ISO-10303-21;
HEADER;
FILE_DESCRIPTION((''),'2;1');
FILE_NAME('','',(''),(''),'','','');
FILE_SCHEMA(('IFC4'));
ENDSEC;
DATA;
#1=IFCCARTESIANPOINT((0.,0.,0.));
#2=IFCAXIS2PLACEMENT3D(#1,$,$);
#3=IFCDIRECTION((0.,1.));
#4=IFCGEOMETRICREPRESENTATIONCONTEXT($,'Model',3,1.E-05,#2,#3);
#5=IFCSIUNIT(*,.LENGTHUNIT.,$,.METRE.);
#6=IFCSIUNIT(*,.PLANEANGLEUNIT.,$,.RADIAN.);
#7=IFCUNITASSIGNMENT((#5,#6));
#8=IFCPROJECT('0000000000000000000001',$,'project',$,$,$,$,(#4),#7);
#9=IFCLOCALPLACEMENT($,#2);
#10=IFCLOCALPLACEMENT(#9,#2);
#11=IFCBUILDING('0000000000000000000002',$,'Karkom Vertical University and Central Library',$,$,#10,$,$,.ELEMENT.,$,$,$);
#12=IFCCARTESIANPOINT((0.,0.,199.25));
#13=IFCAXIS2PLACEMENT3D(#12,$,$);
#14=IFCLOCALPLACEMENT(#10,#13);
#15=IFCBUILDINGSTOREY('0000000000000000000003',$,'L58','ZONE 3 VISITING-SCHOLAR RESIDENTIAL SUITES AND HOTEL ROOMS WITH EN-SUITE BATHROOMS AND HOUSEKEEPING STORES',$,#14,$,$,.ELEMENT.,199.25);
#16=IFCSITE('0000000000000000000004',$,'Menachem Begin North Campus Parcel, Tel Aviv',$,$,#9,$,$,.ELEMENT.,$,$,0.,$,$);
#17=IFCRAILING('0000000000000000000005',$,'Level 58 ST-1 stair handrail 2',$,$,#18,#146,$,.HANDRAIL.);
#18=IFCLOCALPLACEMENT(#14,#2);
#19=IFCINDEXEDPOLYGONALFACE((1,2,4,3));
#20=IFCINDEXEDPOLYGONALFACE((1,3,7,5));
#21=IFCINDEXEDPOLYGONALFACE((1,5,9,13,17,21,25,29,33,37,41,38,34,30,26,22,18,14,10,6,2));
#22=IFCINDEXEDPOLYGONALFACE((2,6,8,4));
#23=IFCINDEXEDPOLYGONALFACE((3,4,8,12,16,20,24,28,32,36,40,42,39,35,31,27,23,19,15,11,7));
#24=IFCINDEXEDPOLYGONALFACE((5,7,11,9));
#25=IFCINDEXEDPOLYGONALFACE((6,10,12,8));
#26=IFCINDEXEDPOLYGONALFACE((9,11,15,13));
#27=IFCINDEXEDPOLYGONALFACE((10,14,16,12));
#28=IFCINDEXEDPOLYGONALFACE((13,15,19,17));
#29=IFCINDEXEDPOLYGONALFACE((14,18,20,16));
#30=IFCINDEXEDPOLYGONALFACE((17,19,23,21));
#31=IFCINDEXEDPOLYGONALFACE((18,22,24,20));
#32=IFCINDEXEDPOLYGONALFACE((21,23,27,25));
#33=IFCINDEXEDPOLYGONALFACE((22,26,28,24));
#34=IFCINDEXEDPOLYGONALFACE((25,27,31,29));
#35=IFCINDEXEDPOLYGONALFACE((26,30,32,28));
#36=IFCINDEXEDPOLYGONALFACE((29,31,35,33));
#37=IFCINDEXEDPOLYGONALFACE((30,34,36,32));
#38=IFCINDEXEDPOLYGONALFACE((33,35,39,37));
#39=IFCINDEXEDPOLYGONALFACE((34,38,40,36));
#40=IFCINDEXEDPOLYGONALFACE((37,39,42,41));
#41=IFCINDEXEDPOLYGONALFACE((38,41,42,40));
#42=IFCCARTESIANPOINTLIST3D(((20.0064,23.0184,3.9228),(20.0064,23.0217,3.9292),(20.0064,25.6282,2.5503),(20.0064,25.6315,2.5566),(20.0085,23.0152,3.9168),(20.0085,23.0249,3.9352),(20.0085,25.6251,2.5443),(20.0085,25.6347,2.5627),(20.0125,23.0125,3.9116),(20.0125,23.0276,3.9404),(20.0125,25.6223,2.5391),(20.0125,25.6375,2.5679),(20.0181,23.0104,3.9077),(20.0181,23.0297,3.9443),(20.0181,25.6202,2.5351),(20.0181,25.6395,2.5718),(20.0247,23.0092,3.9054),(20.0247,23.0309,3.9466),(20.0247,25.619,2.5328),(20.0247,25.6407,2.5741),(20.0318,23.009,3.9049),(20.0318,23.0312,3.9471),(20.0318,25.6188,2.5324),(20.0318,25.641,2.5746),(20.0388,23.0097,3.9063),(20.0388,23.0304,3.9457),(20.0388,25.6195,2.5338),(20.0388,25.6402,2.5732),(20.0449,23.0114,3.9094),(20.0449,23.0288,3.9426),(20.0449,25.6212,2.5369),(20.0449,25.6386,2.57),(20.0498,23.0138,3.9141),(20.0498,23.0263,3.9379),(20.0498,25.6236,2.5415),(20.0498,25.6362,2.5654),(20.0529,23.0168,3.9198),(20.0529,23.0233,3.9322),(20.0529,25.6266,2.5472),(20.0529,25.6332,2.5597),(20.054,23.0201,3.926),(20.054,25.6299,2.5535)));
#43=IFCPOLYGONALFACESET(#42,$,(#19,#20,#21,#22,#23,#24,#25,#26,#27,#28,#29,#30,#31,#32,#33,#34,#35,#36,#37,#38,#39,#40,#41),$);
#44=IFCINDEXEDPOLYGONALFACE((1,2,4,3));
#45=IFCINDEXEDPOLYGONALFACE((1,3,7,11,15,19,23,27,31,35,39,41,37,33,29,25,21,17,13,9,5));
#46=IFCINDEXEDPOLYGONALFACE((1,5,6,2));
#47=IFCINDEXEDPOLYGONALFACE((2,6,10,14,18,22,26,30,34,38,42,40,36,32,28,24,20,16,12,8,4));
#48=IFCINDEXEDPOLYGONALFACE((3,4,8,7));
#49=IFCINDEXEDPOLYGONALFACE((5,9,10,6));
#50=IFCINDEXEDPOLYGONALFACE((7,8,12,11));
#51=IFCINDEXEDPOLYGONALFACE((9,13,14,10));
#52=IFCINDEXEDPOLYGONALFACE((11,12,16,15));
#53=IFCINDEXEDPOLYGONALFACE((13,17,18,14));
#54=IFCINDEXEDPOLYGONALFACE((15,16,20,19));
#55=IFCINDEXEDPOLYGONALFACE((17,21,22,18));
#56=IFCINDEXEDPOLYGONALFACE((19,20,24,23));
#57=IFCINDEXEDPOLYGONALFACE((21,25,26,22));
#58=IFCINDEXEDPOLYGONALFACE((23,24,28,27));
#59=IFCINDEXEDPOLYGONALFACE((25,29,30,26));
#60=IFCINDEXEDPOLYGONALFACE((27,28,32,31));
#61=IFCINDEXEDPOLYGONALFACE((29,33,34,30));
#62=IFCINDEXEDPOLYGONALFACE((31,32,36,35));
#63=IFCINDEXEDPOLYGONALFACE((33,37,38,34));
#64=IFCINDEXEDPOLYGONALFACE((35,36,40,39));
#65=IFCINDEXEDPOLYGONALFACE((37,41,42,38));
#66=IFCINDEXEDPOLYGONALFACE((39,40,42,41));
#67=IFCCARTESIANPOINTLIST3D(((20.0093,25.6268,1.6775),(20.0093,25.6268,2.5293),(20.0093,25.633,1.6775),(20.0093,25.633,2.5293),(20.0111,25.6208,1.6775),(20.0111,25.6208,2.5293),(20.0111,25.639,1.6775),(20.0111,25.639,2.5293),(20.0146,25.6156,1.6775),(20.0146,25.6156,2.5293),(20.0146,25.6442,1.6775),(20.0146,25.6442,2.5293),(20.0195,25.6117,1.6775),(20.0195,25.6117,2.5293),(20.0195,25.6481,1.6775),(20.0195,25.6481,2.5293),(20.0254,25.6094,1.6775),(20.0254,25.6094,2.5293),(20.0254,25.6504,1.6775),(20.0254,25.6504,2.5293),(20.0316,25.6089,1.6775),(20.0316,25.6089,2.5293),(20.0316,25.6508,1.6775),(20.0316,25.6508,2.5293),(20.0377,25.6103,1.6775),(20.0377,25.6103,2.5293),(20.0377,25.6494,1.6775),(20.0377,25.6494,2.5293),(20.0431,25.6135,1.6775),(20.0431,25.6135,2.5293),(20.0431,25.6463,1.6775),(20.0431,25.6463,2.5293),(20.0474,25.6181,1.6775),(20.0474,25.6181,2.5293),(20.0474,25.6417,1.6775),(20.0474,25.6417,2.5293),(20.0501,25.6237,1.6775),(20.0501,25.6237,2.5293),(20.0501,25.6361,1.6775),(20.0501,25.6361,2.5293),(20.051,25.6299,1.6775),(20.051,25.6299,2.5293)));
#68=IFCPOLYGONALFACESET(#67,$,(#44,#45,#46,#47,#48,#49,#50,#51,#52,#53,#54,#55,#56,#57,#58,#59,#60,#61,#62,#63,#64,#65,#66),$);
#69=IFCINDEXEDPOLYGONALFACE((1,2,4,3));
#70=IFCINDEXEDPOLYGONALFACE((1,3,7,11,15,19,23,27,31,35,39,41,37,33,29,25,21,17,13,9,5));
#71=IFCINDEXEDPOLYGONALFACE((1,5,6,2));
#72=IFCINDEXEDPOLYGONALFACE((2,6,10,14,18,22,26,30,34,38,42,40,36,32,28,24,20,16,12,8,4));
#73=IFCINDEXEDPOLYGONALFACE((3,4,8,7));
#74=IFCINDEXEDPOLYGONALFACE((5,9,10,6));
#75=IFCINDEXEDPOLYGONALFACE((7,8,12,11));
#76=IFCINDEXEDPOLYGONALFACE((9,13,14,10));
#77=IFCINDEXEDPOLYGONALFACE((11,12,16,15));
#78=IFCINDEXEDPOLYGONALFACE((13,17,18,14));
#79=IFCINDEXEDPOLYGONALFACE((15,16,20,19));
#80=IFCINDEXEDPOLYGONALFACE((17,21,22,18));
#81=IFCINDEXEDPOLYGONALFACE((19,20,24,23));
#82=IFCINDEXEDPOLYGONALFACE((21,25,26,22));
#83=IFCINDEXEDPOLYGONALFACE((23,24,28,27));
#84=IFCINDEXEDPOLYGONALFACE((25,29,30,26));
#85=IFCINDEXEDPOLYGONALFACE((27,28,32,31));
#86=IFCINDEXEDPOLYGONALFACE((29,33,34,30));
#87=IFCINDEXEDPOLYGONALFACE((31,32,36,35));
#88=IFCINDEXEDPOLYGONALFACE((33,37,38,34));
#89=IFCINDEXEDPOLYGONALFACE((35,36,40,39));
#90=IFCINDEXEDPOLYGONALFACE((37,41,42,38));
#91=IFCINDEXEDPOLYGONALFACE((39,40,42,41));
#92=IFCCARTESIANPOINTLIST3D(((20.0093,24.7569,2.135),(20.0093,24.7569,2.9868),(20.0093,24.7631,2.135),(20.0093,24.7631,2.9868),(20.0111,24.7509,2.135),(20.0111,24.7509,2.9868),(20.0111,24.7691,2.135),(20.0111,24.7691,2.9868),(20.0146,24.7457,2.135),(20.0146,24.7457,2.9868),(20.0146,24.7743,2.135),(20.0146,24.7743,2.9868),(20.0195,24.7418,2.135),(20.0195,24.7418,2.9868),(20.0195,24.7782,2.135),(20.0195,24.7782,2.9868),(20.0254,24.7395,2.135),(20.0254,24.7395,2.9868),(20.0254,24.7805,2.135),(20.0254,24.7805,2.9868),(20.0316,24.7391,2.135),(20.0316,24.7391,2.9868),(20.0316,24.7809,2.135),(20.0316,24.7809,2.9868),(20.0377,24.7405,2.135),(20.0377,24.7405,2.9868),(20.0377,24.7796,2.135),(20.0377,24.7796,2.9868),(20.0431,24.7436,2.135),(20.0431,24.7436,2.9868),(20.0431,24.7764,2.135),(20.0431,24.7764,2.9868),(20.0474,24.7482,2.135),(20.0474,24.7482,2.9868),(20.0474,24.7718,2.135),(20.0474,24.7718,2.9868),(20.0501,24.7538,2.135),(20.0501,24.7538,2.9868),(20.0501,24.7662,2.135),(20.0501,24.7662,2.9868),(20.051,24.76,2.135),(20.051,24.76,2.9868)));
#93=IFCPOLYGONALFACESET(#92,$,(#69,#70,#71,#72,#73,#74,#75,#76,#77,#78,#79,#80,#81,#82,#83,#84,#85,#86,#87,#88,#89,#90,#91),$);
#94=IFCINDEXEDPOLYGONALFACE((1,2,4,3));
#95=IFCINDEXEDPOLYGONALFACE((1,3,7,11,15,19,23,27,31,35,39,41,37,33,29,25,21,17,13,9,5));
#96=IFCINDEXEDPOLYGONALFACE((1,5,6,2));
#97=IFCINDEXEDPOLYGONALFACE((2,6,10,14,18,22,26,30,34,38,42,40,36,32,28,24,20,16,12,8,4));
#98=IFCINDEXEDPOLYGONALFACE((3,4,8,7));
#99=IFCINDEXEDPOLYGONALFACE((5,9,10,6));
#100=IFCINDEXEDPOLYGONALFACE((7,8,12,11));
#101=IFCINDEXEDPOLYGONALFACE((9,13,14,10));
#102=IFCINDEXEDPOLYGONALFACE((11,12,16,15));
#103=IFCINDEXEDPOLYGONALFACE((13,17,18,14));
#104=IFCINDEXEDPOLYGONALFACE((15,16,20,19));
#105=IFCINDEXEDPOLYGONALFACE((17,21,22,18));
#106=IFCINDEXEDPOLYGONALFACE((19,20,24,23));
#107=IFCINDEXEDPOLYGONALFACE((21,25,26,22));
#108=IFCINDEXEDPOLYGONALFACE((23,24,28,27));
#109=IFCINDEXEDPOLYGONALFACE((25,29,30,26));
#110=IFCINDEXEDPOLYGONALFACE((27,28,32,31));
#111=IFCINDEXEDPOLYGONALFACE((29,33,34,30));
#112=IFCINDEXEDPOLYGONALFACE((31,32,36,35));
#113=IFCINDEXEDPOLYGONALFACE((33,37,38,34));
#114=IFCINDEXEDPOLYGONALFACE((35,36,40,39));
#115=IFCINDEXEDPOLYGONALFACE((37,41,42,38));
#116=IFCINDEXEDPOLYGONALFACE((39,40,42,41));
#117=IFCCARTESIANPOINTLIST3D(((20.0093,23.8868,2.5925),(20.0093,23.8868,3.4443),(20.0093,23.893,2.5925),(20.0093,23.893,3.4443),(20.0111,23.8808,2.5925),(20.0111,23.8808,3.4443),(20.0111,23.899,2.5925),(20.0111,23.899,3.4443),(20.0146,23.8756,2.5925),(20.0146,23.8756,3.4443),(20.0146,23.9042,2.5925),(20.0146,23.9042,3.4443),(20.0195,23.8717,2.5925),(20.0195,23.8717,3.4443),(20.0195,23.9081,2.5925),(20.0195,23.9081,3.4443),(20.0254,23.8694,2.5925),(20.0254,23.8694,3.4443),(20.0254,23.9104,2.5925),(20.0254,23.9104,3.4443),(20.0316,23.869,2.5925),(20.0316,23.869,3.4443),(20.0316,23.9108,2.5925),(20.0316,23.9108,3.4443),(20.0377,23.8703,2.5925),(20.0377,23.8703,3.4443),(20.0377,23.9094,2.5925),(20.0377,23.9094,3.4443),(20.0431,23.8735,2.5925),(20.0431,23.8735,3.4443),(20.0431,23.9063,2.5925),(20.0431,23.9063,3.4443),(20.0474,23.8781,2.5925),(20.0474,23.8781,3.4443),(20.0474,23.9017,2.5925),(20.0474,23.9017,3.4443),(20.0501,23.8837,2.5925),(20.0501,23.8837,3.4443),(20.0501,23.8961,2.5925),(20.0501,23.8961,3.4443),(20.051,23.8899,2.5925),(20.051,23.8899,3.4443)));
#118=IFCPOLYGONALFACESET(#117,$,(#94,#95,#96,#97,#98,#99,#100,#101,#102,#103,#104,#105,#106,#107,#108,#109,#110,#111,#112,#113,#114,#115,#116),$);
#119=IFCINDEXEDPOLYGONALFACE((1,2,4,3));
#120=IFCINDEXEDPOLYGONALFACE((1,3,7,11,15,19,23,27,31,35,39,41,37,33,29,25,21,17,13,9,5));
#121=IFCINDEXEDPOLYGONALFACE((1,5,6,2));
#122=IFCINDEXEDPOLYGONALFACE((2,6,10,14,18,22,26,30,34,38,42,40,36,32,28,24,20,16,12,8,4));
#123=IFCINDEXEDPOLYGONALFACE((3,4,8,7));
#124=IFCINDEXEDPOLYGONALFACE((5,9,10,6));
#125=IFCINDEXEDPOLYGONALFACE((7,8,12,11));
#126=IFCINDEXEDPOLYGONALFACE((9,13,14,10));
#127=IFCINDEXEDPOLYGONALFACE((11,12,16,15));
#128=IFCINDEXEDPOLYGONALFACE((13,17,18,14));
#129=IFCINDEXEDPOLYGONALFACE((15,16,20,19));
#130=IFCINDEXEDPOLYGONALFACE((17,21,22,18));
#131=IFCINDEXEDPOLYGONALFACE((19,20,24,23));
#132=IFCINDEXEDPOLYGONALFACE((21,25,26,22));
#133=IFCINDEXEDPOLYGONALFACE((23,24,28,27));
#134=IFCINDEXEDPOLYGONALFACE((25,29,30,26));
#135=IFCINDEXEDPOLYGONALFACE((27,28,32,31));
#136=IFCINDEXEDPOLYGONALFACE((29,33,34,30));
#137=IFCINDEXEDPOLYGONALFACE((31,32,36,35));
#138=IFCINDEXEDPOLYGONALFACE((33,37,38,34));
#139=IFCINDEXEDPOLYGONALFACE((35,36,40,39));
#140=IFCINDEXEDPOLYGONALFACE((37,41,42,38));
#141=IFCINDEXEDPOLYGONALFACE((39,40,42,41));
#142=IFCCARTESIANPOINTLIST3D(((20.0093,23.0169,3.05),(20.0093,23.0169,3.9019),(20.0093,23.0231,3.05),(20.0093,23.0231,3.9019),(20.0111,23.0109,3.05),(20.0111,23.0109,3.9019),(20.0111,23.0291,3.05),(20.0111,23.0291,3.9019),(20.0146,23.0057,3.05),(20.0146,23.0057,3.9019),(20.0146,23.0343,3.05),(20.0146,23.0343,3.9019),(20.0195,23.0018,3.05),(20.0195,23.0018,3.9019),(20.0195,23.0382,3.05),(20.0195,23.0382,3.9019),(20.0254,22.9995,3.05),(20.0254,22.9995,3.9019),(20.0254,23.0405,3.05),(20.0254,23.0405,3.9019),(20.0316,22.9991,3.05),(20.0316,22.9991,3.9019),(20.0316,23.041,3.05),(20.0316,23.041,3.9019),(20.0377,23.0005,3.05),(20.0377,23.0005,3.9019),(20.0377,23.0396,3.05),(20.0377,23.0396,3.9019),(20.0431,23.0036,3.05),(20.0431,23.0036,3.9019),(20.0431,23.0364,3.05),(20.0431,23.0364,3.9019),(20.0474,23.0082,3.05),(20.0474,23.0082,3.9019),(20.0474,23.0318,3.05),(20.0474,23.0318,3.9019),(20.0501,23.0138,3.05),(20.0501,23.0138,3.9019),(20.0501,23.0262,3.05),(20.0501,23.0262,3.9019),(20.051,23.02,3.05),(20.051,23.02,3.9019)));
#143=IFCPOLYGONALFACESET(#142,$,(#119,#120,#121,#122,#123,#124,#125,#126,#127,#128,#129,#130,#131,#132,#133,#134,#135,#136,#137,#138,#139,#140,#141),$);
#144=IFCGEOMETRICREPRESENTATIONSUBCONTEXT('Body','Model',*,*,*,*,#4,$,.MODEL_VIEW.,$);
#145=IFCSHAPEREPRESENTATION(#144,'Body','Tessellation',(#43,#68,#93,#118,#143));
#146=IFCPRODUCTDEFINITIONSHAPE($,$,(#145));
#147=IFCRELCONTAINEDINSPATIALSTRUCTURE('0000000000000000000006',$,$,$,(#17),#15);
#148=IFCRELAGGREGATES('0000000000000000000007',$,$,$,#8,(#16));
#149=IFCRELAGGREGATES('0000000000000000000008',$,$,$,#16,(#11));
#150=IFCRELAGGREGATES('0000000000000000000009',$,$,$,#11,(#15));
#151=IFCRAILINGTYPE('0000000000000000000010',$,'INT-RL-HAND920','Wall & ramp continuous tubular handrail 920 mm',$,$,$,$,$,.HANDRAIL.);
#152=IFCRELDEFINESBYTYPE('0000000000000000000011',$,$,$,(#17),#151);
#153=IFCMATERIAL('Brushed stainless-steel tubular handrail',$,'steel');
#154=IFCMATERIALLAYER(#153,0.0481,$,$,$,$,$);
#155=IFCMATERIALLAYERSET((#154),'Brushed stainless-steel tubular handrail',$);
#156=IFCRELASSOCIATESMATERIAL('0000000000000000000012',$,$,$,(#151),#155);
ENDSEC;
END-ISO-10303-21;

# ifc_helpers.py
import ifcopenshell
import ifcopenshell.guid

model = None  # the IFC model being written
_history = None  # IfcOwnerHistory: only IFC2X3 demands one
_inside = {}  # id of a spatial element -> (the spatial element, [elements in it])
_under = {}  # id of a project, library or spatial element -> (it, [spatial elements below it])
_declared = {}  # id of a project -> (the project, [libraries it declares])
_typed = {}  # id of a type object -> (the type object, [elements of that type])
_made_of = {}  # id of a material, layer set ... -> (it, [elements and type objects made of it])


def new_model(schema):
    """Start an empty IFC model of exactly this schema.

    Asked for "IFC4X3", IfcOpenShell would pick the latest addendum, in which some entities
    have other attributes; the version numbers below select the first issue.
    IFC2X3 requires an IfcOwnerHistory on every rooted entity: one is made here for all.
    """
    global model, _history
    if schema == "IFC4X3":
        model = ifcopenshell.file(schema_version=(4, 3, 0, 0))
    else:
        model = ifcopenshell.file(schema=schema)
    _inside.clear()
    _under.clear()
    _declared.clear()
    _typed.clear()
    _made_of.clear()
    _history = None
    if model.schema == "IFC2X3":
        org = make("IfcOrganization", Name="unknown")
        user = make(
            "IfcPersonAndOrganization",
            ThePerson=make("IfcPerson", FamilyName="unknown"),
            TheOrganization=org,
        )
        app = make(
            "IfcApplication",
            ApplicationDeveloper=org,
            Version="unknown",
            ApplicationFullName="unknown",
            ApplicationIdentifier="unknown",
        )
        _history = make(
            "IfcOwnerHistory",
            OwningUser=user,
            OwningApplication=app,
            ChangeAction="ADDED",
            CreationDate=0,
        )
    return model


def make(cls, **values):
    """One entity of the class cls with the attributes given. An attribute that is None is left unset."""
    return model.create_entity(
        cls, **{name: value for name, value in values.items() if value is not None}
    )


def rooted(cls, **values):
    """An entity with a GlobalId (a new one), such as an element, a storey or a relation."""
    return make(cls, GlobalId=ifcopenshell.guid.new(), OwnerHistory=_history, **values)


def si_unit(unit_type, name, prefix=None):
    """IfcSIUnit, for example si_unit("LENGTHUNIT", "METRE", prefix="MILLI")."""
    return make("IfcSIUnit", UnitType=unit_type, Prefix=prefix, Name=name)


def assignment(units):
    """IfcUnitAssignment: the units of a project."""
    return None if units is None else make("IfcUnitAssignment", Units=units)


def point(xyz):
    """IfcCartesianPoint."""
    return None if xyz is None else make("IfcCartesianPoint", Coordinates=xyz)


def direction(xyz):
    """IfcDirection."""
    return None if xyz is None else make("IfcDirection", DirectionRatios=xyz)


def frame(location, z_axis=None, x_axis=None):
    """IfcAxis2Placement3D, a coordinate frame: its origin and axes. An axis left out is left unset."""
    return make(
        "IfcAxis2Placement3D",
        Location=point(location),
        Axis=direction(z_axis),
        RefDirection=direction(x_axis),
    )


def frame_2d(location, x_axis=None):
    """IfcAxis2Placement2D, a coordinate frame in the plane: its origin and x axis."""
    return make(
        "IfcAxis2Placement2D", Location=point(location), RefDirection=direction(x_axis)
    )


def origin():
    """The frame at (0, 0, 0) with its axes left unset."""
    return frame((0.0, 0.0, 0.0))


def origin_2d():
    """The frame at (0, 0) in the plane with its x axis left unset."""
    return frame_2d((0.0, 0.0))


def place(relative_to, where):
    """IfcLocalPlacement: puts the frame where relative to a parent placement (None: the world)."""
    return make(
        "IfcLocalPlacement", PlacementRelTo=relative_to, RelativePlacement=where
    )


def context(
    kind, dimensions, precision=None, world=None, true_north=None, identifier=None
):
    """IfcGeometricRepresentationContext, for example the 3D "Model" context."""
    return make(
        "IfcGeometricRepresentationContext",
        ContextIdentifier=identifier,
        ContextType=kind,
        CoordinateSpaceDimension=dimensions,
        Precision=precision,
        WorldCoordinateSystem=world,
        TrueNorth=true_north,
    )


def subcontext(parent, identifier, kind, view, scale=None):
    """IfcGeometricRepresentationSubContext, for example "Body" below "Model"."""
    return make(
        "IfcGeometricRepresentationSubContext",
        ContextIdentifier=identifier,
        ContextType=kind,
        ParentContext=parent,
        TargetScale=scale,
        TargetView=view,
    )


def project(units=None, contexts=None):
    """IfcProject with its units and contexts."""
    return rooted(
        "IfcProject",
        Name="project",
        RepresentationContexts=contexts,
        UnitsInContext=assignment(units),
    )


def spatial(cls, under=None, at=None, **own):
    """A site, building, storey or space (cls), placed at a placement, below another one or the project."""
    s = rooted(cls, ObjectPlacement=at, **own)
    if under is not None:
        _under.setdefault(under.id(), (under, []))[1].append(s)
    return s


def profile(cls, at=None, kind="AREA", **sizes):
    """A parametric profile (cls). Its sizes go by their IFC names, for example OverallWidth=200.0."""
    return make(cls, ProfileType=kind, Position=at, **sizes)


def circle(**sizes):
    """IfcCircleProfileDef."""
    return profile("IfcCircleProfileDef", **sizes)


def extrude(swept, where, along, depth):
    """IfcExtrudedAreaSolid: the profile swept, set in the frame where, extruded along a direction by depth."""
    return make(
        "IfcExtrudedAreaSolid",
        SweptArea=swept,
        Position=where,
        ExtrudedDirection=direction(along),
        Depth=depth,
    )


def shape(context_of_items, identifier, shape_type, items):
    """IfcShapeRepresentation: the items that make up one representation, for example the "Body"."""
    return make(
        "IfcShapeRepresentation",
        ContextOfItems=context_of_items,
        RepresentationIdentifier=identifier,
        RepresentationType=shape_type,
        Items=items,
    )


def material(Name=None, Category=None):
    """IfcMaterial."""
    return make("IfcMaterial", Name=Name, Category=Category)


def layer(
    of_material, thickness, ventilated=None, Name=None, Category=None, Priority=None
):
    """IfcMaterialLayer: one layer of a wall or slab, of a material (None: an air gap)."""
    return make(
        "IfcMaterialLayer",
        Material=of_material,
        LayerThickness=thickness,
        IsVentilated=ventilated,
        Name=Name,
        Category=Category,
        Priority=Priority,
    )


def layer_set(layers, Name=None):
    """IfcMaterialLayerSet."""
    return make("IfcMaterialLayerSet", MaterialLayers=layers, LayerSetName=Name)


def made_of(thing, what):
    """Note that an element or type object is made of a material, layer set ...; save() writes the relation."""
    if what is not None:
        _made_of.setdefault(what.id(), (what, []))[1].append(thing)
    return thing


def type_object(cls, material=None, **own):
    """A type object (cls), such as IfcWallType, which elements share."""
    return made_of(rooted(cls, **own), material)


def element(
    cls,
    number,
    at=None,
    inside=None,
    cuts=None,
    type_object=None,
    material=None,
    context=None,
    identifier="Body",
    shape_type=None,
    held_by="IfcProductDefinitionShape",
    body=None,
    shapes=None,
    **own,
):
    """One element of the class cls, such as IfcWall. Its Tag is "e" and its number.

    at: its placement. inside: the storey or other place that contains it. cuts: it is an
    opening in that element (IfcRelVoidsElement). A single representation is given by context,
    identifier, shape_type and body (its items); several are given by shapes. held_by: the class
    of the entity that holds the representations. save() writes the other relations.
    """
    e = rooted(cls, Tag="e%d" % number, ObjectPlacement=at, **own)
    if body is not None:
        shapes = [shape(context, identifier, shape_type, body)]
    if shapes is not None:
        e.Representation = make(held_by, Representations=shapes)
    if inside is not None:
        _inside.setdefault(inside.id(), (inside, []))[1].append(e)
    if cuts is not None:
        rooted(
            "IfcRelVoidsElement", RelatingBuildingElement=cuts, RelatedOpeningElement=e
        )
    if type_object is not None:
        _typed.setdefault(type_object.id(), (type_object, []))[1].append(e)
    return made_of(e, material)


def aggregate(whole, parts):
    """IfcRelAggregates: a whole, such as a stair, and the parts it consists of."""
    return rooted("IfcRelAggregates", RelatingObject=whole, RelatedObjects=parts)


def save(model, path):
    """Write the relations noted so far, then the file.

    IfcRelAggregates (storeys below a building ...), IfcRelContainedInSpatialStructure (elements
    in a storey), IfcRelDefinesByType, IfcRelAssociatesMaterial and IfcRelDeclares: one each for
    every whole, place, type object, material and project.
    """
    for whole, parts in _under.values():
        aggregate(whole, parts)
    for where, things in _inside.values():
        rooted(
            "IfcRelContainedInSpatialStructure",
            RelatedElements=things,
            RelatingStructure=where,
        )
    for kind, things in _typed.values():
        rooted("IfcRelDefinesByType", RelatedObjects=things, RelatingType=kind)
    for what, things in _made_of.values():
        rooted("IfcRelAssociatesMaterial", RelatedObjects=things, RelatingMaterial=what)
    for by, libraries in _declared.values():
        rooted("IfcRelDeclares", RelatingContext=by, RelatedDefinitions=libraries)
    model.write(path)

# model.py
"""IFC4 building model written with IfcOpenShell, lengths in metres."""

from ifc_helpers import new_model, si_unit, direction, frame, origin, origin_2d, place, context, subcontext, project, spatial, circle, extrude, material, layer, layer_set, type_object, element, save


model = new_model("IFC4")

# Units and contexts
model_context = context("Model", 3, precision=1e-05, world=origin(), true_north=direction((0.0, 1.0)))
body_context = subcontext(model_context, "Body", "Model", "MODEL_VIEW")
ifc_project = project(units=[si_unit("LENGTHUNIT", "METRE"), si_unit("PLANEANGLEUNIT", "RADIAN")], contexts=[model_context])

# Site, building, storey
site_placement = place(None, origin())
site = spatial("IfcSite", under=ifc_project, at=site_placement, Name="Menachem Begin North Campus Parcel, Tel Aviv", CompositionType="ELEMENT", RefElevation=0.0)
building_placement = place(site_placement, origin())
building = spatial("IfcBuilding", under=site, at=building_placement, Name="Karkom Vertical University and Central Library", CompositionType="ELEMENT")
storey_placement = place(building_placement, frame((0.0, 0.0, 199.25)))
storey = spatial("IfcBuildingStorey", under=building, at=storey_placement, Name="L58", Description="ZONE 3 VISITING-SCHOLAR RESIDENTIAL SUITES AND HOTEL ROOMS WITH EN-SUITE BATHROOMS AND HOUSEKEEPING STORES", CompositionType="ELEMENT", Elevation=199.25)

# Railing
ifc_material_1 = material(Name="Brushed stainless-steel tubular handrail", Category="steel")
ifc_layer_1 = layer(ifc_material_1, 0.0481)
ifc_layer_set_1 = layer_set([ifc_layer_1], Name="Brushed stainless-steel tubular handrail")
railing_type_1 = type_object("IfcRailingType", Name="INT-RL-HAND920", Description="Wall & ramp continuous tubular handrail 920 mm", PredefinedType="HANDRAIL", material=ifc_layer_set_1)
railing_1_placement = place(storey_placement, frame((20.03, 25.6299, 1.6775)))
element("IfcRailing", 1, at=railing_1_placement, inside=storey, type_object=railing_type_1, Name="Level 58 ST-1 stair handrail 2", PredefinedType="HANDRAIL", context=body_context, shape_type="SweptSolid", body=[
    extrude(circle(Radius=0.0239, at=origin_2d()), frame((0.0, 0.0, 0.876), z_axis=(0.0, -0.885065, 0.465467), x_axis=(1.0, 0.0, 0.0)), (0.0, 0.0, 1.0), 2.9487),
    extrude(circle(Radius=0.021, at=origin_2d()), origin(), (0.0, 0.0, 1.0), 0.8518),
    extrude(circle(Radius=0.021, at=origin_2d()), frame((0.0, -0.8699, 0.4575)), (0.0, 0.0, 1.0), 0.8518),
    extrude(circle(Radius=0.021, at=origin_2d()), frame((0.0, -1.74, 0.915)), (0.0, 0.0, 1.0), 0.8518),
    extrude(circle(Radius=0.021, at=origin_2d()), frame((0.0, -2.6099, 1.3726)), (0.0, 0.0, 1.0), 0.8518),
])

save(model, "model.ifc")
